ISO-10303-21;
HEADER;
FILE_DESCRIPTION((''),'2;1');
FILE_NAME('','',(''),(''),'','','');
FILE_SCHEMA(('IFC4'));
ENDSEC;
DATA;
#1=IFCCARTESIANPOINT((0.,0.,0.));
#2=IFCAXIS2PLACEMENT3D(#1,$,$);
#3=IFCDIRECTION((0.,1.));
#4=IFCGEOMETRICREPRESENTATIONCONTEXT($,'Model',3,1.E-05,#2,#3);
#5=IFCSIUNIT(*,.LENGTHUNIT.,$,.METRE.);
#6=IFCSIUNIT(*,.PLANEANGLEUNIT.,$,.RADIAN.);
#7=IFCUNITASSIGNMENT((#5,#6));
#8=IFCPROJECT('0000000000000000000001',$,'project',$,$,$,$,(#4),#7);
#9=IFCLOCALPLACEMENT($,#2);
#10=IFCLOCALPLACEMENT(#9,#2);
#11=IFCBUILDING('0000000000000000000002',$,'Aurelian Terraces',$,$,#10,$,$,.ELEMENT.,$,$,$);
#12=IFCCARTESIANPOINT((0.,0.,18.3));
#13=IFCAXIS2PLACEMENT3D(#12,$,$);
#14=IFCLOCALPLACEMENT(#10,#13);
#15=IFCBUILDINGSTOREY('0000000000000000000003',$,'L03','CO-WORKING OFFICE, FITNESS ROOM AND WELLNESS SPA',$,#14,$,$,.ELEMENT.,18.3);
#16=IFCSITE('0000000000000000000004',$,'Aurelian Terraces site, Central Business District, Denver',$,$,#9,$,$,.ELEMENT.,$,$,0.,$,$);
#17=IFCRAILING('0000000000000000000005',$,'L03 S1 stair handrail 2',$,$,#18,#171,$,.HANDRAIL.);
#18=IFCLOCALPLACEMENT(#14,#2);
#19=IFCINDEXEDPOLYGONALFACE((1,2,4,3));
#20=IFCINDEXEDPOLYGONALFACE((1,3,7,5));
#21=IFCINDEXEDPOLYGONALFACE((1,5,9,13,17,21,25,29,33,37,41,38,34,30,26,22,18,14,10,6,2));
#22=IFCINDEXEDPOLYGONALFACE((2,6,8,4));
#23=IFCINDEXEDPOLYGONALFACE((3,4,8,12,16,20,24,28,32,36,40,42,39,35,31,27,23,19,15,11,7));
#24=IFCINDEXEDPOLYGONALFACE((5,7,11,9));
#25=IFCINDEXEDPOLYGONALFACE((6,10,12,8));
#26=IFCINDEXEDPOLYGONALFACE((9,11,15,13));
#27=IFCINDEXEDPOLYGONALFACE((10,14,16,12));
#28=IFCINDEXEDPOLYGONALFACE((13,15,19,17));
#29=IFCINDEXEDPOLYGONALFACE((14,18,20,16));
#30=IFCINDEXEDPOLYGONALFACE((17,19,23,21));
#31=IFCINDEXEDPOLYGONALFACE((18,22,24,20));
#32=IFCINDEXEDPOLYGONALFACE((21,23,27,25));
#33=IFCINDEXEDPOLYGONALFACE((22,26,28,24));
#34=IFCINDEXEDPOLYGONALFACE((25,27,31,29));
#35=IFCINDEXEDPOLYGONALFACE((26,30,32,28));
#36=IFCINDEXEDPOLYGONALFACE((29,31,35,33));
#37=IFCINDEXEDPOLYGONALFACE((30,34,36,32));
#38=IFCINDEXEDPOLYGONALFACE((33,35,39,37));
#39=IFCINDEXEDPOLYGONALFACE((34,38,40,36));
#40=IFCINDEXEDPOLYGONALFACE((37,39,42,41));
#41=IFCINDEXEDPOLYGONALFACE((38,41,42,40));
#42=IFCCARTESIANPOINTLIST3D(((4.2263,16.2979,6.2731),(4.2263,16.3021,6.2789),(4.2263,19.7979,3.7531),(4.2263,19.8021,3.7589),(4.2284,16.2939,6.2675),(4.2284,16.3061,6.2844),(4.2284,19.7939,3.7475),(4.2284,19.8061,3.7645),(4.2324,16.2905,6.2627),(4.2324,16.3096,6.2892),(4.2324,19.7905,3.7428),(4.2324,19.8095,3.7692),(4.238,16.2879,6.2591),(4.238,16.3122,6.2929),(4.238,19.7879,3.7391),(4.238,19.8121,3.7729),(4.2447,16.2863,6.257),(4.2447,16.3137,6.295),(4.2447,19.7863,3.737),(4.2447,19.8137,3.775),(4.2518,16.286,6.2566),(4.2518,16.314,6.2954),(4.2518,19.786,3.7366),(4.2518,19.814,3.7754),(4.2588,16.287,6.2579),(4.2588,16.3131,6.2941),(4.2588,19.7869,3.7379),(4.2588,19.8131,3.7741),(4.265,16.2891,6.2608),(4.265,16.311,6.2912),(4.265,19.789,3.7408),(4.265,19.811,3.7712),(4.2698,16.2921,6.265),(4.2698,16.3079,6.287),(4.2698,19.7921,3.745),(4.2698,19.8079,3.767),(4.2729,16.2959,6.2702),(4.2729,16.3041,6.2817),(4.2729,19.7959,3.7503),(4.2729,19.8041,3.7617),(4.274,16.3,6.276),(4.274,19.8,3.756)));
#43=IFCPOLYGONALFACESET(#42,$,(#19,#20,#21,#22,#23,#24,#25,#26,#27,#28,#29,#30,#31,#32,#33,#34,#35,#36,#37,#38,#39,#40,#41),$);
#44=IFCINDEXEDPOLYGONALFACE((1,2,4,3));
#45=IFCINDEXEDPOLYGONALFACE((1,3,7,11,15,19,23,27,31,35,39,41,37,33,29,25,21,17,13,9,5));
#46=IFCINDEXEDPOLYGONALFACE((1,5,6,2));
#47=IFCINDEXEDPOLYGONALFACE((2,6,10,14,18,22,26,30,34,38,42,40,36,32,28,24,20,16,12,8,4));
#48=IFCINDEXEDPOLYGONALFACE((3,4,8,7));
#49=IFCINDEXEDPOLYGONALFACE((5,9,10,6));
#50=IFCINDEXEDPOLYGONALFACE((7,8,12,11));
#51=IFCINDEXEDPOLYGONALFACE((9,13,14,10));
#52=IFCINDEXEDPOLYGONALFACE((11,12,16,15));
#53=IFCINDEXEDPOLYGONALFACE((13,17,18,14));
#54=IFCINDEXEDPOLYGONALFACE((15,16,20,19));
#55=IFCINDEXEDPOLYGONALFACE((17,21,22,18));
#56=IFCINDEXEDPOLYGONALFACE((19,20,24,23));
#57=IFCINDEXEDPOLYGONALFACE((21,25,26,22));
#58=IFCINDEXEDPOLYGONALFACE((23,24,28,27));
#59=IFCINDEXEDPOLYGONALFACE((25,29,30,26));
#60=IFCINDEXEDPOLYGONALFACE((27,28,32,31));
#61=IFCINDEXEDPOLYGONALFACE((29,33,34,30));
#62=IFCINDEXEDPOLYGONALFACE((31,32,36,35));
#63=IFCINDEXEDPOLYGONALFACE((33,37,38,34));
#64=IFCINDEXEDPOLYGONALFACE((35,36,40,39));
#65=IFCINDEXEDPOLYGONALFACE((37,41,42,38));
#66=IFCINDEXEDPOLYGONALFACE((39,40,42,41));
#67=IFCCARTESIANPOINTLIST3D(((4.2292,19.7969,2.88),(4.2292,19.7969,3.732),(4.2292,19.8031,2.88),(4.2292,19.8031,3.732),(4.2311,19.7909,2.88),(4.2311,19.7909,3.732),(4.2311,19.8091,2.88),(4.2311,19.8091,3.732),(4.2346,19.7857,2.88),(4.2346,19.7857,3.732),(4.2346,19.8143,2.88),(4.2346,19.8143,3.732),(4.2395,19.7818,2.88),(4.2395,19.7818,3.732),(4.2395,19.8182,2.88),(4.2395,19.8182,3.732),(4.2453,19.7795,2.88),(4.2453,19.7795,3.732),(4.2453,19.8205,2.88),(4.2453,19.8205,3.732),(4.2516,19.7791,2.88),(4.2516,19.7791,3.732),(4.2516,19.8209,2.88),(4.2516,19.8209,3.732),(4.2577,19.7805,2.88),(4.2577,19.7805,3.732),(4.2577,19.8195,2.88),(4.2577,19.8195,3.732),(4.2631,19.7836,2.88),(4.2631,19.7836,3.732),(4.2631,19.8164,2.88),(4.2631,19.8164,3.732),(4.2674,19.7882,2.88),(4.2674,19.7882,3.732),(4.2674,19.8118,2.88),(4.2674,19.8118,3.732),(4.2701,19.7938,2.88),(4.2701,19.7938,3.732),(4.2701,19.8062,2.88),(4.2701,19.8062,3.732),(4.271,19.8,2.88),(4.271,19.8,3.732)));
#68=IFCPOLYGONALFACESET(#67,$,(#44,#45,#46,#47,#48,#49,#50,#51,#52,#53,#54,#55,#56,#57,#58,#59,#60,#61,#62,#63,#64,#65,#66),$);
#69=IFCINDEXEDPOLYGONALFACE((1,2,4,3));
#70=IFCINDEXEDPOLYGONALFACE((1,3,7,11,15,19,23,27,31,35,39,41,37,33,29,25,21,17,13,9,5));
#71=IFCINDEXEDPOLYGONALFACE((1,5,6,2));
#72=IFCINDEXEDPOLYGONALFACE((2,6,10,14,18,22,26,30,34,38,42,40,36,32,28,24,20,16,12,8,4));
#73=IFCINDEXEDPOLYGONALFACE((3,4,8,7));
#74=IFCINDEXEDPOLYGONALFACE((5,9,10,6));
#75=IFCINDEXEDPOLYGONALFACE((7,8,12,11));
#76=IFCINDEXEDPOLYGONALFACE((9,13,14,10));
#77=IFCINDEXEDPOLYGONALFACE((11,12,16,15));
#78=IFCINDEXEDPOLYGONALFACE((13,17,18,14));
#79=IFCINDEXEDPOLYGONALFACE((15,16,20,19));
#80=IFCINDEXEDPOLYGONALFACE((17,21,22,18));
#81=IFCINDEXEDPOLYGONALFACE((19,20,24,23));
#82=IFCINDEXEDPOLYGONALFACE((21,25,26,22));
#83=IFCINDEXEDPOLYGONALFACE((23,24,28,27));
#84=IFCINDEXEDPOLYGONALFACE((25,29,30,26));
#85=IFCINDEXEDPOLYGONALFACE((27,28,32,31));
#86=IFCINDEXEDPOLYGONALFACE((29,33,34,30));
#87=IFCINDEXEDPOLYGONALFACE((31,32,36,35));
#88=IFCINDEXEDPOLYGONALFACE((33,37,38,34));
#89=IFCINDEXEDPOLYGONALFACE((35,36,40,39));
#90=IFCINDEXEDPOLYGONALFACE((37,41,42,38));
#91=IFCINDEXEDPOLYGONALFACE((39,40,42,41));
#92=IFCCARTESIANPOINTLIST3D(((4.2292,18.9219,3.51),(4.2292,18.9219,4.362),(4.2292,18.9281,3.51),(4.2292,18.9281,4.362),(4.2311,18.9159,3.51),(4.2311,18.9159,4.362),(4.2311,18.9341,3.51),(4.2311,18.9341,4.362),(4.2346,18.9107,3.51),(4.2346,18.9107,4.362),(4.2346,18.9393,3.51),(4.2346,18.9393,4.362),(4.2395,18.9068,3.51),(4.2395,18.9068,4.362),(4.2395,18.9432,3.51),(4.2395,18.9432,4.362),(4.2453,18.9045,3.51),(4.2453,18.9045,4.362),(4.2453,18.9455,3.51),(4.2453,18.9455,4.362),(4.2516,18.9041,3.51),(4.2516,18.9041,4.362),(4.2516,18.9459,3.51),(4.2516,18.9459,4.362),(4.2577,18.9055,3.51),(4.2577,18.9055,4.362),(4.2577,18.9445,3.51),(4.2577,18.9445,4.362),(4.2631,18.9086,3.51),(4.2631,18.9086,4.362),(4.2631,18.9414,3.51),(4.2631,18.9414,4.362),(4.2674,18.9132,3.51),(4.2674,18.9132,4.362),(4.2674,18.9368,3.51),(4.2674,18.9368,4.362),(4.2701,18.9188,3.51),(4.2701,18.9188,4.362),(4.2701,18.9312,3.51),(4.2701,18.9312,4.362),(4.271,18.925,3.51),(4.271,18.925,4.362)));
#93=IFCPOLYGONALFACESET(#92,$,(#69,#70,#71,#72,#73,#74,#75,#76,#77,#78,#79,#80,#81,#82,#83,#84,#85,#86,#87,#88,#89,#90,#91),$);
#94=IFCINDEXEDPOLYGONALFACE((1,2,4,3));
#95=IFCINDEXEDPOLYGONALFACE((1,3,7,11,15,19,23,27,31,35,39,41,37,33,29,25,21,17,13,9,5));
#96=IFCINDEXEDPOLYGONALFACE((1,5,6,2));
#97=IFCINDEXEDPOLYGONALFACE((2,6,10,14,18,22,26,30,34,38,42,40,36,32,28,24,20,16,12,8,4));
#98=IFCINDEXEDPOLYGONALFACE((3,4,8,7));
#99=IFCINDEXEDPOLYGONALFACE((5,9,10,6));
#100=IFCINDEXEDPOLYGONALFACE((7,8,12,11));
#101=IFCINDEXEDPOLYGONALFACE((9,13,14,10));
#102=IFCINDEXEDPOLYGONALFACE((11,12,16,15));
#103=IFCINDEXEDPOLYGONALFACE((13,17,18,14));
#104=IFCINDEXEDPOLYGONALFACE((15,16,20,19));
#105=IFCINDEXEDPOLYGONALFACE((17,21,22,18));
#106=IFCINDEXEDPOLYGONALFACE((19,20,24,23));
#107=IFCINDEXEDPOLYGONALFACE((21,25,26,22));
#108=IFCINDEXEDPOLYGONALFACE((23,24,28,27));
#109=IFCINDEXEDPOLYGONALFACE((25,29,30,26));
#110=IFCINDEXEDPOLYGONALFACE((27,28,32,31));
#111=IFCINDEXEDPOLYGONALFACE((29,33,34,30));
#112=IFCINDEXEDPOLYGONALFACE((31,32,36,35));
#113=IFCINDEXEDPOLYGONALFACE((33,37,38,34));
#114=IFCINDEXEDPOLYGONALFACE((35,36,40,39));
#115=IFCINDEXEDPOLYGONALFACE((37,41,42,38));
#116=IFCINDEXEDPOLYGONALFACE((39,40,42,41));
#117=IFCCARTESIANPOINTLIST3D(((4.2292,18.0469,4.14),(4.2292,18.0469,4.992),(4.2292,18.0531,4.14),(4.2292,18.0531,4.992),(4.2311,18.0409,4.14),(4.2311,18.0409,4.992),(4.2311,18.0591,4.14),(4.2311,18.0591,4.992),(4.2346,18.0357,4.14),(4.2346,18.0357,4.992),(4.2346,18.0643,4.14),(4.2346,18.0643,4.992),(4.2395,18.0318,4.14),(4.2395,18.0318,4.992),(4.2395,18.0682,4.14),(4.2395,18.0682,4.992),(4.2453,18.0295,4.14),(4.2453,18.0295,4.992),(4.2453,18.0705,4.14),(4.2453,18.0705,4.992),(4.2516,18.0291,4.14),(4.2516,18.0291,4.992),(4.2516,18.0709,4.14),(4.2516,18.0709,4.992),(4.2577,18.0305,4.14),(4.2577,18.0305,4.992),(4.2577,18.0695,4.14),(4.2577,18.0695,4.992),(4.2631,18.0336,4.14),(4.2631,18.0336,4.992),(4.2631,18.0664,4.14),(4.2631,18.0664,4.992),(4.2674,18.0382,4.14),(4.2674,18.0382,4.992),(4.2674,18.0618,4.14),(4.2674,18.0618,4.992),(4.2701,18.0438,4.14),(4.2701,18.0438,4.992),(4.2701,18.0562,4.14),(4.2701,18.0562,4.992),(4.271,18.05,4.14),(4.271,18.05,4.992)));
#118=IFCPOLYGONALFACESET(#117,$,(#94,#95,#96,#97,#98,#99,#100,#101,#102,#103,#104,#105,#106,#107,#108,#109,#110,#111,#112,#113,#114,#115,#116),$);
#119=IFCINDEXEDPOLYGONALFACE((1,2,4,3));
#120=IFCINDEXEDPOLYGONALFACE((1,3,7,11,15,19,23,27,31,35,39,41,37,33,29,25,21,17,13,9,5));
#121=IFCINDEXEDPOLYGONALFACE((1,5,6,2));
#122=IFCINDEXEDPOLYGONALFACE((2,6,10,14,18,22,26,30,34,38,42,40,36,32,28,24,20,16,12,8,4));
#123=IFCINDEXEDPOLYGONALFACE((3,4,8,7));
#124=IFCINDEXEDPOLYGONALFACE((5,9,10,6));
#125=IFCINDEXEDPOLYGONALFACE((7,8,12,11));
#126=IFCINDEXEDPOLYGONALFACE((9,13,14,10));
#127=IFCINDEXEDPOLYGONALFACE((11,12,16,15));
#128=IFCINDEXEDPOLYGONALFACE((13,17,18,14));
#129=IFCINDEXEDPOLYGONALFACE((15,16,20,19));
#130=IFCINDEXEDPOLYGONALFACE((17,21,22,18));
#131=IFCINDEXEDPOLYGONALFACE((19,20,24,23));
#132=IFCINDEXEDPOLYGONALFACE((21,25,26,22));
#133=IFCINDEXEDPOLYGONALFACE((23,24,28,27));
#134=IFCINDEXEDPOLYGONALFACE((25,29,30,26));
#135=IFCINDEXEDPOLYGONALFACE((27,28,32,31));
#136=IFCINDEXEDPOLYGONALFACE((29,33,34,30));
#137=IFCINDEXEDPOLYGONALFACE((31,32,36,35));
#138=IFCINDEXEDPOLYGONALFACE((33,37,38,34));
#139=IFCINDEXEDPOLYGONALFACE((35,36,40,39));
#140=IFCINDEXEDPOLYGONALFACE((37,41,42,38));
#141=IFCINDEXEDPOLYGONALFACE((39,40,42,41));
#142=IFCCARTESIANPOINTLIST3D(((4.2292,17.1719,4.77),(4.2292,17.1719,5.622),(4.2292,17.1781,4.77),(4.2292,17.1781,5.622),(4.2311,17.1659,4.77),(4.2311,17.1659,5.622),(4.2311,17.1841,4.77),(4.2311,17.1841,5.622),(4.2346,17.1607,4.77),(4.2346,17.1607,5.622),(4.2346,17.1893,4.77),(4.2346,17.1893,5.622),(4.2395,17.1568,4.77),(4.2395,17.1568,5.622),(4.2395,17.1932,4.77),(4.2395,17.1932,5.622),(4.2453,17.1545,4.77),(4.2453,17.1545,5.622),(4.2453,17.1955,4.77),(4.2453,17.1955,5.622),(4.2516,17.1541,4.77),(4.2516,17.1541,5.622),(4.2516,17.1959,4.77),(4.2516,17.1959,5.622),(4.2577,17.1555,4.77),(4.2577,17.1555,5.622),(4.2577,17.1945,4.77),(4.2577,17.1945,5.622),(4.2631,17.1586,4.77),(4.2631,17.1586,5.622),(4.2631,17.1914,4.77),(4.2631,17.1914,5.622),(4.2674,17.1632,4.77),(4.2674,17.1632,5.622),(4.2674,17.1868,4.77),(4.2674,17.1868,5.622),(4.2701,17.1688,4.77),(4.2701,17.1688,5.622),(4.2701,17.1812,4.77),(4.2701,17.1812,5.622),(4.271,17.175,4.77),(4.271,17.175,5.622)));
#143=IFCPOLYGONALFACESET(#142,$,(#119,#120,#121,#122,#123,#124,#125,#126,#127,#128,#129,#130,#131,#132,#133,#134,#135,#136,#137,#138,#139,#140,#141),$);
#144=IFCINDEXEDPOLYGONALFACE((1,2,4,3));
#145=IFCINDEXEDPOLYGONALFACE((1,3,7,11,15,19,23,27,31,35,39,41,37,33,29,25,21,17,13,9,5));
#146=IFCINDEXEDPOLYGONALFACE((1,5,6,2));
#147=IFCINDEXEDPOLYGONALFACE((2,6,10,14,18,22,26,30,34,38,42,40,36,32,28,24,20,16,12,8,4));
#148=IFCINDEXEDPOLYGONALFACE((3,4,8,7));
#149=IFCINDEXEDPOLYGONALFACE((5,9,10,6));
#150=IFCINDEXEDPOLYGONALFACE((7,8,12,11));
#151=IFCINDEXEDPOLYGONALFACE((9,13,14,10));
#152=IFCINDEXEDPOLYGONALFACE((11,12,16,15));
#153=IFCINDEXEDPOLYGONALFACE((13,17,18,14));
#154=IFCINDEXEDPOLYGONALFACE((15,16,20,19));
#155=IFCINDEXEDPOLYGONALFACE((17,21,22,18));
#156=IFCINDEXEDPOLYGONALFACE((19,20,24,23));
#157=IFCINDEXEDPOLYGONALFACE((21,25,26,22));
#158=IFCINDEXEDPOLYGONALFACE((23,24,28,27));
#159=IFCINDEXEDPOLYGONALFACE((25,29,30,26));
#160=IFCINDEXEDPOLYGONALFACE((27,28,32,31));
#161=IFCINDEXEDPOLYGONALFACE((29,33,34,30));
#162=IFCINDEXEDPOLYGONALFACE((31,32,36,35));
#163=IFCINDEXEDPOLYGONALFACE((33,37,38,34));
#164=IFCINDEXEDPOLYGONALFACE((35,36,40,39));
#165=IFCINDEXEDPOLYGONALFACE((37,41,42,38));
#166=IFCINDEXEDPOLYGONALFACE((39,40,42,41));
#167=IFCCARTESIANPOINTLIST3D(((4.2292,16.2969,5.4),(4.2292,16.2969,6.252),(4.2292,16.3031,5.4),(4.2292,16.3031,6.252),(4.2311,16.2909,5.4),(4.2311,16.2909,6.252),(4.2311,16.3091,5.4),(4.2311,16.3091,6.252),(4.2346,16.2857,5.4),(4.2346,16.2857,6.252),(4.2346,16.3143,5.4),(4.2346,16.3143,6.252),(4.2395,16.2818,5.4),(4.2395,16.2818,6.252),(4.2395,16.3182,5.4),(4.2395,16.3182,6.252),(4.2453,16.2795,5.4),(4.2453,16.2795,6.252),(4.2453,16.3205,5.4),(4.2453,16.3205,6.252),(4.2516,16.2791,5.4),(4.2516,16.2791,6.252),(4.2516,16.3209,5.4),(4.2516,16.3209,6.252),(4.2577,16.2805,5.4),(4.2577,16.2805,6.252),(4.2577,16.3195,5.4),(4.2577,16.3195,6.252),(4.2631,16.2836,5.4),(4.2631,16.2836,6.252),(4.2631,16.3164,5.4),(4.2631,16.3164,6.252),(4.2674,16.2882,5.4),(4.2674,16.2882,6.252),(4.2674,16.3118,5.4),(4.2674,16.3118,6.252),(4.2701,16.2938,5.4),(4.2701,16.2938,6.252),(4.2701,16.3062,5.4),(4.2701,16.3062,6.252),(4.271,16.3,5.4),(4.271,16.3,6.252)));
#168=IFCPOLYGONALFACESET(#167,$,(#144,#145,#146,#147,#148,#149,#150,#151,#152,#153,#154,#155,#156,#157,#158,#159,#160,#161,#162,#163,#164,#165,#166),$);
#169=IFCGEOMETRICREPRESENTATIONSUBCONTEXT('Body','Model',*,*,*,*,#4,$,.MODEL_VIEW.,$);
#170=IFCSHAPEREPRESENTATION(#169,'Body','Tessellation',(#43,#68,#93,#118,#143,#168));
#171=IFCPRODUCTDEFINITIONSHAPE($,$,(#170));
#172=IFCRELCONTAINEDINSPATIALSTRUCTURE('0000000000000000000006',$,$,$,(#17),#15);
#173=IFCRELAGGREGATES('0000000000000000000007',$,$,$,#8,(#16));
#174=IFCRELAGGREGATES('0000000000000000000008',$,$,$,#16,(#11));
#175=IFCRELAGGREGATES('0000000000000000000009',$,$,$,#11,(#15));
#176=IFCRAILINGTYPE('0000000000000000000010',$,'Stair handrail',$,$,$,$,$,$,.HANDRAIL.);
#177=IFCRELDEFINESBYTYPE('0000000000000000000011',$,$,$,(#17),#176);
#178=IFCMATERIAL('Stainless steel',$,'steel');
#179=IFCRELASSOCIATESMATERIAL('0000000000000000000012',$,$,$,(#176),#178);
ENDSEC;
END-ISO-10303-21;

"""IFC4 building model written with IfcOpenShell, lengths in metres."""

from ifc_helpers import new_model, si_unit, direction, frame, origin, origin_2d, place, context, subcontext, project, spatial, circle, extrude, source, transform, mapped, material, type_object, element, save


model = new_model("IFC4")

# Units and contexts
model_context = context("Model", 3, precision=1e-05, world=origin(), true_north=direction((0.0, 1.0)))
body_context = subcontext(model_context, "Body", "Model", "MODEL_VIEW")
ifc_project = project(units=[si_unit("LENGTHUNIT", "METRE"), si_unit("PLANEANGLEUNIT", "RADIAN")], contexts=[model_context])

# Site, building, storey
site_placement = place(None, origin())
site = spatial("IfcSite", under=ifc_project, at=site_placement, Name="Aurelian Terraces site, Central Business District, Denver", CompositionType="ELEMENT", RefElevation=0.0)
building_placement = place(site_placement, origin())
building = spatial("IfcBuilding", under=site, at=building_placement, Name="Aurelian Terraces", CompositionType="ELEMENT")
storey_placement = place(building_placement, frame((0.0, 0.0, 18.3)))
storey = spatial("IfcBuildingStorey", under=building, at=storey_placement, Name="L03", Description="CO-WORKING OFFICE, FITNESS ROOM AND WELLNESS SPA", CompositionType="ELEMENT", Elevation=18.3)

# Railing
ifc_material_1 = material(Name="Stainless steel", Category="steel")
railing_type_1 = type_object("IfcRailingType", Name="Stair handrail", PredefinedType="HANDRAIL", material=ifc_material_1)
shared_shape_1 = source(origin(), body_context, "Body", "SweptSolid", [
    extrude(circle(Radius=0.024, at=origin_2d()), frame((0.0, 0.0, 0.876), z_axis=(0.0, -0.811534, 0.584305), x_axis=(1.0, 0.0, 0.0)), (0.0, 0.0, 1.0), 4.3128),
    extrude(circle(Radius=0.021, at=origin_2d()), origin(), (0.0, 0.0, 1.0), 0.852),
    extrude(circle(Radius=0.021, at=origin_2d()), frame((0.0, -0.875, 0.63)), (0.0, 0.0, 1.0), 0.852),
    extrude(circle(Radius=0.021, at=origin_2d()), frame((0.0, -1.75, 1.26)), (0.0, 0.0, 1.0), 0.852),
    extrude(circle(Radius=0.021, at=origin_2d()), frame((0.0, -2.625, 1.89)), (0.0, 0.0, 1.0), 0.852),
    extrude(circle(Radius=0.021, at=origin_2d()), frame((0.0, -3.5, 2.52)), (0.0, 0.0, 1.0), 0.852),
])
railing_1_placement = place(storey_placement, frame((4.25, 19.8, 2.88)))
element("IfcRailing", 1, at=railing_1_placement, inside=storey, type_object=railing_type_1, Name="L03 S1 stair handrail 2", PredefinedType="HANDRAIL", context=body_context, shape_type="MappedRepresentation", body=[
    mapped(shared_shape_1, transform((0.0, 0.0, 0.0), scale=1.0)),
])

save(model, "model.ifc")
